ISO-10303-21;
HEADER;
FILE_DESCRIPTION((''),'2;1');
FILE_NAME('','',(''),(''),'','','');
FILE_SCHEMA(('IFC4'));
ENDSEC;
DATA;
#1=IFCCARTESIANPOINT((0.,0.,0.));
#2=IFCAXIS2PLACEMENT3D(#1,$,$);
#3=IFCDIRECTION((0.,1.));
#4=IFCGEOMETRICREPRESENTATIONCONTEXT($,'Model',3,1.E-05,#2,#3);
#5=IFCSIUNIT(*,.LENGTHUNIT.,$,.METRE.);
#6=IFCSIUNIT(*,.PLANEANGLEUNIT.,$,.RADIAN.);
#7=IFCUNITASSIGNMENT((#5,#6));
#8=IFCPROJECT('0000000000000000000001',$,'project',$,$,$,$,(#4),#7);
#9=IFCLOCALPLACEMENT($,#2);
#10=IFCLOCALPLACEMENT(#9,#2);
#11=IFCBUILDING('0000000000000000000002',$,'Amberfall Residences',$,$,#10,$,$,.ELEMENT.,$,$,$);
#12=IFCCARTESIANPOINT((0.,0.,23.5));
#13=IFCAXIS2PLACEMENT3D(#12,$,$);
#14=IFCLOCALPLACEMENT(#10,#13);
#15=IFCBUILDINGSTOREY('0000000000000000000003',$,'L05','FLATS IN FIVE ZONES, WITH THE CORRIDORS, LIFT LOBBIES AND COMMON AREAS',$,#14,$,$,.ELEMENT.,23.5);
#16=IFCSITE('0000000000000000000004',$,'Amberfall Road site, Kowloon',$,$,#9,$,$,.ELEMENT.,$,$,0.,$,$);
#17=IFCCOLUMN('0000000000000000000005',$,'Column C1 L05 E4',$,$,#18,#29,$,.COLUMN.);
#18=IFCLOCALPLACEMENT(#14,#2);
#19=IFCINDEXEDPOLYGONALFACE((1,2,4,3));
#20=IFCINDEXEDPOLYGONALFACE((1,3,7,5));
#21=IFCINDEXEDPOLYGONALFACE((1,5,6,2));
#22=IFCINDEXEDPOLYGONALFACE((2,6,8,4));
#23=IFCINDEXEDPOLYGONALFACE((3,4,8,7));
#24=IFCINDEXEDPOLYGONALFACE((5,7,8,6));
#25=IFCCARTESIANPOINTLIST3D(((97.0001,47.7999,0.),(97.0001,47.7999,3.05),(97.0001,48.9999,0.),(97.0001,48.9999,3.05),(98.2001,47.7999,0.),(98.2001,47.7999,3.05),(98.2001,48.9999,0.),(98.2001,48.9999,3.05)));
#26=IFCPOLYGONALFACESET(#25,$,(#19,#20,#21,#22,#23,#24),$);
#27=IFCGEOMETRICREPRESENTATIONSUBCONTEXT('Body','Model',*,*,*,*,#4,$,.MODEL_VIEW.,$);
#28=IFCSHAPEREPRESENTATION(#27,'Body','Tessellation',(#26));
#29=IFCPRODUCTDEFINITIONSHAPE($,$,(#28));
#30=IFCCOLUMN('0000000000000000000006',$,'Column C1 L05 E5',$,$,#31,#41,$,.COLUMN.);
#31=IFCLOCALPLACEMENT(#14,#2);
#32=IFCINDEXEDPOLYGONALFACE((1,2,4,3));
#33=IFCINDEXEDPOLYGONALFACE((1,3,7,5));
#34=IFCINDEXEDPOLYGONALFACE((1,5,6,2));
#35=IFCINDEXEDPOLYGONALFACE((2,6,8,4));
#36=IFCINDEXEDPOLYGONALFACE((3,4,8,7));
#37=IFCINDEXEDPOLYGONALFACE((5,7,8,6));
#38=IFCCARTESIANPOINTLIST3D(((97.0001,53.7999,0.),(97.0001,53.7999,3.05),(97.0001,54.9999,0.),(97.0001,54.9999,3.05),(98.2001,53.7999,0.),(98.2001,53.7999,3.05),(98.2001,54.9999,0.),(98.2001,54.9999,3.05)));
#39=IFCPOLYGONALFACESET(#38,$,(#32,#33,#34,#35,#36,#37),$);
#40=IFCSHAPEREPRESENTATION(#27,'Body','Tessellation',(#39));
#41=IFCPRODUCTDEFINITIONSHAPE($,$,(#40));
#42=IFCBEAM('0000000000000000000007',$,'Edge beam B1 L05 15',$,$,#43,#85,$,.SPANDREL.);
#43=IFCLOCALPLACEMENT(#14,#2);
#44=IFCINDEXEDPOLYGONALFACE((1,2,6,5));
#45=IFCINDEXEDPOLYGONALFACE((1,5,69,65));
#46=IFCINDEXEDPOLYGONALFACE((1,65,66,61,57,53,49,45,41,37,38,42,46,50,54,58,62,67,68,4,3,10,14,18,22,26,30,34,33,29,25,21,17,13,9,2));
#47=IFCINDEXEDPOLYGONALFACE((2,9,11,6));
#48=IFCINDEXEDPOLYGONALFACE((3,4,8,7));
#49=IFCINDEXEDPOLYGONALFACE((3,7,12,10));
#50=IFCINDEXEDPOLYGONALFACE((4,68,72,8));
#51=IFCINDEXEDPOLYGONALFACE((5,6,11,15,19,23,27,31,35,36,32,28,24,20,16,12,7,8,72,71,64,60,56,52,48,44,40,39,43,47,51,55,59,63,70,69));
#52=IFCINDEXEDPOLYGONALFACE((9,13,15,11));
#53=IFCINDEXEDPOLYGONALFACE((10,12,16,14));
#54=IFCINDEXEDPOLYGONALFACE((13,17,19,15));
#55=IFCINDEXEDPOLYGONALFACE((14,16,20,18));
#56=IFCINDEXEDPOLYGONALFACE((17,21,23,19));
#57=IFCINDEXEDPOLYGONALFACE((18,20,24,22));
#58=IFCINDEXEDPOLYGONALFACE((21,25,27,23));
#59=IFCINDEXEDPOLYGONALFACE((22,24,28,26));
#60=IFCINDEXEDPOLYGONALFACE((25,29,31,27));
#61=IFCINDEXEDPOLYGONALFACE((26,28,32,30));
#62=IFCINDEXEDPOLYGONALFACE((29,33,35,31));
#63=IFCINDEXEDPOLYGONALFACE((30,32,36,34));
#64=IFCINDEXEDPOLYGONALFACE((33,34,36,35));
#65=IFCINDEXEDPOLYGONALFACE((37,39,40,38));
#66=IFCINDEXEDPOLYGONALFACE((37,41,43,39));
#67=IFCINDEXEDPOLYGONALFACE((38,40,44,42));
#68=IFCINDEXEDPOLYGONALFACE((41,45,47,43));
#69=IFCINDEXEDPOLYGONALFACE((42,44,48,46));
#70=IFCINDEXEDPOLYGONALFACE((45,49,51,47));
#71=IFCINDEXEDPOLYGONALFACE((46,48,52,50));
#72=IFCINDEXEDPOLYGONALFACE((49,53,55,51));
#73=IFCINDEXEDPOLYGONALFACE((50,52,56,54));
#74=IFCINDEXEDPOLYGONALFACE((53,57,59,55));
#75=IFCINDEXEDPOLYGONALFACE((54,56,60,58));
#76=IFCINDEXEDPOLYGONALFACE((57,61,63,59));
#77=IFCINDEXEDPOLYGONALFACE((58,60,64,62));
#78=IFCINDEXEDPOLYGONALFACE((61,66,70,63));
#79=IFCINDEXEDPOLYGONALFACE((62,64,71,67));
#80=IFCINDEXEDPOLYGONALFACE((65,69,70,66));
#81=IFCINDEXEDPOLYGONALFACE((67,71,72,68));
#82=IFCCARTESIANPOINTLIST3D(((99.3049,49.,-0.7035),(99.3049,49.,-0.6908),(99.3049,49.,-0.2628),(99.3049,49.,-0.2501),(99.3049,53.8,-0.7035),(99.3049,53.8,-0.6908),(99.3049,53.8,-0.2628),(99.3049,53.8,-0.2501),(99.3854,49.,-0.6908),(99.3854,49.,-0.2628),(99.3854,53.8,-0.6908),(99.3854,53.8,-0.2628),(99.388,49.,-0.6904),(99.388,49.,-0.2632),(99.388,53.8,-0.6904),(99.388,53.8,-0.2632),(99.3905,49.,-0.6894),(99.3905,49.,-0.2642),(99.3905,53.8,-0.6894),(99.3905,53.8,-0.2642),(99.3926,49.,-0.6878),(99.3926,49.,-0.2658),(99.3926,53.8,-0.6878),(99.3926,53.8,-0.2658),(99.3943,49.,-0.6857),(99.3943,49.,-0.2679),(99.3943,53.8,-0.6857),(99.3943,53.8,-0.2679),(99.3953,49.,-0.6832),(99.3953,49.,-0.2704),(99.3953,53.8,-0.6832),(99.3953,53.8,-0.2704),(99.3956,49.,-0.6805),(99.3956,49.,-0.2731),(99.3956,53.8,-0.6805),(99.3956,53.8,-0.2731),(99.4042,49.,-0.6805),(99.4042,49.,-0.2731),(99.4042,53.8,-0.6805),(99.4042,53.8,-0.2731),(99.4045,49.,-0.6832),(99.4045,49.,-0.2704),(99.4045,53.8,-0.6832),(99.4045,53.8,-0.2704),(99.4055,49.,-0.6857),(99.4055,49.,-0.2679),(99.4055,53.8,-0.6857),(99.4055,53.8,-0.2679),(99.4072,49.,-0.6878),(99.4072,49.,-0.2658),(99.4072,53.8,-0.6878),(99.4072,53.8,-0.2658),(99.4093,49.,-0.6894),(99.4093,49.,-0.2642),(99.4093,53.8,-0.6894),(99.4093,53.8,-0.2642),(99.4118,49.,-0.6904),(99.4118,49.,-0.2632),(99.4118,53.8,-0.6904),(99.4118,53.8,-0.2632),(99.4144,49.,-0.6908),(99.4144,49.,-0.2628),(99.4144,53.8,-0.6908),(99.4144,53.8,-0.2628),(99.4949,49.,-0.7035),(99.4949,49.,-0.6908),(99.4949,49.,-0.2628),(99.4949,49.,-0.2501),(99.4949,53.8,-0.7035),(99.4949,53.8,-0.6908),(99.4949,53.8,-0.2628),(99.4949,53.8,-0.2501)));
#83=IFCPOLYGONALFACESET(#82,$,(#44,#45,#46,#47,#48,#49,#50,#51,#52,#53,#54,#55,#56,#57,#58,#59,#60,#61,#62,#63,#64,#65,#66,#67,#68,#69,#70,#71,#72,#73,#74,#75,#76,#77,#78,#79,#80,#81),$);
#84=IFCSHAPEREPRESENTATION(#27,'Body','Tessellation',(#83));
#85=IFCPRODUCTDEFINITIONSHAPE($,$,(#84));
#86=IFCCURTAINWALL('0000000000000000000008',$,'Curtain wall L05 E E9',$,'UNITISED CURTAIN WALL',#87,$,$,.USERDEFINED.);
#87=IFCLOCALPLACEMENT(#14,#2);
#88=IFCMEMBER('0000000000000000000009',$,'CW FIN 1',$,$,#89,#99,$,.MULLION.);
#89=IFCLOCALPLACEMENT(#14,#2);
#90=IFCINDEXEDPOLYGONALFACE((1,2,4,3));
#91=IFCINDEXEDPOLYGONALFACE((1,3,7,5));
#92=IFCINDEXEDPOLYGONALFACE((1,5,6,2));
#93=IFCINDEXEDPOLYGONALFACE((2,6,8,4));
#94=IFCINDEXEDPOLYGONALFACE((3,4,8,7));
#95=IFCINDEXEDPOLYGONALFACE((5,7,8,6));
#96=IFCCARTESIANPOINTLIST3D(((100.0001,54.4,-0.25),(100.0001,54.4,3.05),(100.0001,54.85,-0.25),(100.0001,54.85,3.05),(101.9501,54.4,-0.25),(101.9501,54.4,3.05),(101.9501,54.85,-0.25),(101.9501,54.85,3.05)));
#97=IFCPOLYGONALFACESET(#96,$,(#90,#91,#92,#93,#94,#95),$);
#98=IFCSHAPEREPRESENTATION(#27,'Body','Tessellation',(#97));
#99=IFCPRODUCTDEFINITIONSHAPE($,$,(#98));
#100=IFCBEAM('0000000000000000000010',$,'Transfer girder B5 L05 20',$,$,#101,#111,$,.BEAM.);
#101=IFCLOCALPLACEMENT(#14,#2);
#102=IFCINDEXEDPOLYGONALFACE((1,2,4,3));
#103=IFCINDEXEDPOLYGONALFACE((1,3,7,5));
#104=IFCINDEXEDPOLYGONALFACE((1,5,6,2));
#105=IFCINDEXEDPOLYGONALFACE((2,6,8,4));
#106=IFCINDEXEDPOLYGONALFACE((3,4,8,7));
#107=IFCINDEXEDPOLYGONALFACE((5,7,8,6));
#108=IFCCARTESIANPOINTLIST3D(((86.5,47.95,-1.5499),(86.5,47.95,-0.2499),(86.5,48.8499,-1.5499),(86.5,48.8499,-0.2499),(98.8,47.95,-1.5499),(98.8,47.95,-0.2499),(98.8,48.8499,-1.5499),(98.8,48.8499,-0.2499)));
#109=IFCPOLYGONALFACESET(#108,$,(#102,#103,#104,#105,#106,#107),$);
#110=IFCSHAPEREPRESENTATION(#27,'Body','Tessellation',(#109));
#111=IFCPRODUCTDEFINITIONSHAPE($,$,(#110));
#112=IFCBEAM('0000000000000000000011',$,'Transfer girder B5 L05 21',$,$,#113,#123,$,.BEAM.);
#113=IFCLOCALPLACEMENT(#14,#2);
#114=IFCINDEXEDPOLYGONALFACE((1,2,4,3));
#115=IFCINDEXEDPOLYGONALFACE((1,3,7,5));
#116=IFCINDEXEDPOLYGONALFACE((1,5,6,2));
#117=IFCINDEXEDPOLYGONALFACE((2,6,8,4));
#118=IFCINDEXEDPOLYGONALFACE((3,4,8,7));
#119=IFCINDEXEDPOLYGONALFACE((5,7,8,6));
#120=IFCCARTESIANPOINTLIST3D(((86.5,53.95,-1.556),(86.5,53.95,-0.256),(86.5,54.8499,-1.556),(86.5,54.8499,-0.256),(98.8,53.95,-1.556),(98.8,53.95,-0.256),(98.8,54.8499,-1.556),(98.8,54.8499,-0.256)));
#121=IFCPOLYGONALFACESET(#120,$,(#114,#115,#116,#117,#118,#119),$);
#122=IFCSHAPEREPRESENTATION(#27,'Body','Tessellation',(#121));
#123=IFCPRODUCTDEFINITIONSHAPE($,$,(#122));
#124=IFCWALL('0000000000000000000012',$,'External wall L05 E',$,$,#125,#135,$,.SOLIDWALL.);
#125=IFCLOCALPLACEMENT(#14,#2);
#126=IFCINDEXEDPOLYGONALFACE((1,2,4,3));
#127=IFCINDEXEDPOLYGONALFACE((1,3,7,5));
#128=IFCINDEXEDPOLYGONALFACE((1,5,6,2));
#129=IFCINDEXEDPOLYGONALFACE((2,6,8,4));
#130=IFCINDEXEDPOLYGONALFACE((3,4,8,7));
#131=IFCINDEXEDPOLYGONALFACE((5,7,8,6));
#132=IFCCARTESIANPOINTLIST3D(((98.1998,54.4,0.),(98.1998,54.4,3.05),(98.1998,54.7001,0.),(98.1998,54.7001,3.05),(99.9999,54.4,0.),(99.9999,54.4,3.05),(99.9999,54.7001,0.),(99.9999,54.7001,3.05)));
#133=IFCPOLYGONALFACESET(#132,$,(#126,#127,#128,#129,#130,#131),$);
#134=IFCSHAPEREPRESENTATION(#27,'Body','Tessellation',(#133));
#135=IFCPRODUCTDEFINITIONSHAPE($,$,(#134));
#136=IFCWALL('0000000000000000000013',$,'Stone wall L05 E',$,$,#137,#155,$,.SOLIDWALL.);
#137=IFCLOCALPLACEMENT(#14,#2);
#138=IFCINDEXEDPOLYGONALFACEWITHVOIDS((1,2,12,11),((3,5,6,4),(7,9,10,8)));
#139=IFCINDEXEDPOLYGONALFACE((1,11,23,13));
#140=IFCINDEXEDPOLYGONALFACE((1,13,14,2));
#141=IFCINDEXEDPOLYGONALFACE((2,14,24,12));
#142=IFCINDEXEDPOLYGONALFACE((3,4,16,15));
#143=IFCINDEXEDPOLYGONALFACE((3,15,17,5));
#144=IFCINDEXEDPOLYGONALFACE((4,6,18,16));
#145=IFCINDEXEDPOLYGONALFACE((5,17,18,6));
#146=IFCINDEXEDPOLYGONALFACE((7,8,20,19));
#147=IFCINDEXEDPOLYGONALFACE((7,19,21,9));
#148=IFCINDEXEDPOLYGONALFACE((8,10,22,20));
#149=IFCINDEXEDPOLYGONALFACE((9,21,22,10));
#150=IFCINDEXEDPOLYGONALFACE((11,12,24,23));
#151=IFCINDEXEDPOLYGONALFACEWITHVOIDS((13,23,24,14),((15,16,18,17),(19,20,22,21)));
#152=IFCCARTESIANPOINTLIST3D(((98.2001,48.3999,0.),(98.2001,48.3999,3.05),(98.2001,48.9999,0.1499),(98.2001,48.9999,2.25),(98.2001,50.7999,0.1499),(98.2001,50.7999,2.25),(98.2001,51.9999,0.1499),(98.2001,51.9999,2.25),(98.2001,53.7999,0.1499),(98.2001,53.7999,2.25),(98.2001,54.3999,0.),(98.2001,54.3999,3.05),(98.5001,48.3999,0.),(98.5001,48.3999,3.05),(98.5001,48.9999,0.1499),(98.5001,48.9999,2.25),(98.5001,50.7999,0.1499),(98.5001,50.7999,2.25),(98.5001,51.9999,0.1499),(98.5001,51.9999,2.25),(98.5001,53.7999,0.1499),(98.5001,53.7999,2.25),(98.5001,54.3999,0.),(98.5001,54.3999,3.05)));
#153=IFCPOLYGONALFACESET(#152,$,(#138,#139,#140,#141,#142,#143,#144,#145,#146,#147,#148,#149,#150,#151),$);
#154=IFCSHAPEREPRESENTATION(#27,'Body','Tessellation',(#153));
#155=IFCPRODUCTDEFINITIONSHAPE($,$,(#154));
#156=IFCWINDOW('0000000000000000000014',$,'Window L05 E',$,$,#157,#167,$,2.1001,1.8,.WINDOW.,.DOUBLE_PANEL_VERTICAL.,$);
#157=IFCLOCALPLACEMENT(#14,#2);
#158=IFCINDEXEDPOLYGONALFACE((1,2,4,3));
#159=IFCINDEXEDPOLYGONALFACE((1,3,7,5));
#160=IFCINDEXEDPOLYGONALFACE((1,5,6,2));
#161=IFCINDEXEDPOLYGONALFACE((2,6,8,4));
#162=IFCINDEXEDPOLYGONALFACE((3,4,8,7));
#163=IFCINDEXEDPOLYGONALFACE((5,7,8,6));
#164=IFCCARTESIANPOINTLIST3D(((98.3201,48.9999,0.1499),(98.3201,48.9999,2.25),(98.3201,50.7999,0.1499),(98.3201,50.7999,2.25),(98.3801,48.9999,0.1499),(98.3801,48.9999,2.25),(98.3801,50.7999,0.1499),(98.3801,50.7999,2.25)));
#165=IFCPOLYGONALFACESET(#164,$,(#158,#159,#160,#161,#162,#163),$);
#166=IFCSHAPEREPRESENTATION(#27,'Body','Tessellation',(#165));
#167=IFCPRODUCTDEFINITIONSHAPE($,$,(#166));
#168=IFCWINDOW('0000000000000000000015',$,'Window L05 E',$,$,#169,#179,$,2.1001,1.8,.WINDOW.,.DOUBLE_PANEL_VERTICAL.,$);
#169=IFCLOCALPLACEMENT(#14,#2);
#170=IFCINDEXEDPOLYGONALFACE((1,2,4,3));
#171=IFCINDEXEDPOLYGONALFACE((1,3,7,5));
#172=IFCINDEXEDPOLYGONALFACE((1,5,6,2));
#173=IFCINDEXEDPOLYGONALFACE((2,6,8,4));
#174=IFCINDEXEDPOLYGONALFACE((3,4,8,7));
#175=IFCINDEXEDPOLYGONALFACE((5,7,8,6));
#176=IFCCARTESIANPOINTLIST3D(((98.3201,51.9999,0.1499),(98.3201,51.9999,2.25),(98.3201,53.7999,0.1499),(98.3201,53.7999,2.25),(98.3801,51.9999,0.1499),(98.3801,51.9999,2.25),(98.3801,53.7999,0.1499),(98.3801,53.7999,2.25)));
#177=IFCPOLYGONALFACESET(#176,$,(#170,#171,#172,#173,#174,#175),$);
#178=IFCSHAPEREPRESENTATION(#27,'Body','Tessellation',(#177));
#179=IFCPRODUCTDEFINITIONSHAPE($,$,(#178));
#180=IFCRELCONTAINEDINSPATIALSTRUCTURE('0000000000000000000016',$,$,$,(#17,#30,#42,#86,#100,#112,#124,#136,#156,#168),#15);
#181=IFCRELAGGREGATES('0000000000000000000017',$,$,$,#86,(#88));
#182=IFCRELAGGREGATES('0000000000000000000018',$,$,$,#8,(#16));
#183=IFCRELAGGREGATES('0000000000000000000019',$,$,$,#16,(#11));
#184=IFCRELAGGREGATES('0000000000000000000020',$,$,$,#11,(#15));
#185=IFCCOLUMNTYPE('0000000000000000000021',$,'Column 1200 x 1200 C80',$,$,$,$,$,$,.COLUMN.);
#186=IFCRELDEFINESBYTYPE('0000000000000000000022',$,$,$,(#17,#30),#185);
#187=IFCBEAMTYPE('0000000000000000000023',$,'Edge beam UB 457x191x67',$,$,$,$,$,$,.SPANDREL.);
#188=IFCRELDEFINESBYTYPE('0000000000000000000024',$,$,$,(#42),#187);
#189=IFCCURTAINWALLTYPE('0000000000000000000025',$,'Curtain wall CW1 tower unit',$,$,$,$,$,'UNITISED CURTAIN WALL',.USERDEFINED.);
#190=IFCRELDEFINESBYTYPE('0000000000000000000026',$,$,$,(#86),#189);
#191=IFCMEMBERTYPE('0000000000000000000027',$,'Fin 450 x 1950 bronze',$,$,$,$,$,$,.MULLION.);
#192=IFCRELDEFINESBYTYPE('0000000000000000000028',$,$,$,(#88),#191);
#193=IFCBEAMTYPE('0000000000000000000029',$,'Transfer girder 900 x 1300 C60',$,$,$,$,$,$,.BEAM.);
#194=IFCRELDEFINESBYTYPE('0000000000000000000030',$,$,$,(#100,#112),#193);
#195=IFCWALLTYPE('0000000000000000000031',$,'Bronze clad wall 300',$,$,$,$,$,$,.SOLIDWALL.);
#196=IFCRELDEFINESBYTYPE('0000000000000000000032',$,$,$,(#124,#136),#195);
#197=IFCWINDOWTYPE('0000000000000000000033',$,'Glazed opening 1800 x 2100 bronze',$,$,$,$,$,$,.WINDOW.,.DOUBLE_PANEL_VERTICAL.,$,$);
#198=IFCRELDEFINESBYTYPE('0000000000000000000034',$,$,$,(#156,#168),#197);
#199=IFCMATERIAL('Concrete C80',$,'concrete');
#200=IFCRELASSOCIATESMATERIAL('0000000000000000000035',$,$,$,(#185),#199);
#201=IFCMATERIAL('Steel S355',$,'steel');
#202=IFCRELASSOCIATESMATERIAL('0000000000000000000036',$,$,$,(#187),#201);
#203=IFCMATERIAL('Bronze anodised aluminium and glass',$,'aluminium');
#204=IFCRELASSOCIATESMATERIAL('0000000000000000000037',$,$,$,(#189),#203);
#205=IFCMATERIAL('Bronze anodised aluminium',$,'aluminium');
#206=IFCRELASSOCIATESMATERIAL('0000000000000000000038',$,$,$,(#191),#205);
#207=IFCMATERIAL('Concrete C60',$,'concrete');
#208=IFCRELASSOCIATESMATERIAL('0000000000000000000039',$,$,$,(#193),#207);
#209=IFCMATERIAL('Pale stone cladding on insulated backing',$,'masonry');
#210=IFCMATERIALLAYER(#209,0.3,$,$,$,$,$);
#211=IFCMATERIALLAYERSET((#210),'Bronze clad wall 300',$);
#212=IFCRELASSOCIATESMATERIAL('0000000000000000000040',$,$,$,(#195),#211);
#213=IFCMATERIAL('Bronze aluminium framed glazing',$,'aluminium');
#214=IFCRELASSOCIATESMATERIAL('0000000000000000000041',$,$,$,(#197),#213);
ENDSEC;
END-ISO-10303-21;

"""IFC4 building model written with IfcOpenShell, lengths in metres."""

from ifc_helpers import new_model, si_unit, direction, frame, frame_2d, origin, origin_2d, place, context, subcontext, project, spatial, rectangle, i_section, extrude, material, layer, layer_set, material_profile, profile_set, type_object, element, fill, aggregate, save


model = new_model("IFC4")

# Units and contexts
model_context = context("Model", 3, precision=1e-05, world=origin(), true_north=direction((0.0, 1.0)))
body_context = subcontext(model_context, "Body", "Model", "MODEL_VIEW")
ifc_project = project(units=[si_unit("LENGTHUNIT", "METRE"), si_unit("PLANEANGLEUNIT", "RADIAN")], contexts=[model_context])

# Site, building, storey
site_placement = place(None, origin())
site = spatial("IfcSite", under=ifc_project, at=site_placement, Name="Amberfall Road site, Kowloon", CompositionType="ELEMENT", RefElevation=0.0)
building_placement = place(site_placement, origin())
building = spatial("IfcBuilding", under=site, at=building_placement, Name="Amberfall Residences", CompositionType="ELEMENT")
storey_placement = place(building_placement, frame((0.0, 0.0, 23.5)))
storey = spatial("IfcBuildingStorey", under=building, at=storey_placement, Name="L05", Description="FLATS IN FIVE ZONES, WITH THE CORRIDORS, LIFT LOBBIES AND COMMON AREAS", CompositionType="ELEMENT", Elevation=23.5)

# Columns
ifc_material_1 = material(Name="Concrete C80", Category="concrete")
ifc_material_profile_1 = material_profile(ifc_material_1, rectangle(XDim=1.2, YDim=1.2, at=origin_2d()), Name="Column 1200 x 1200 C80")
ifc_profile_set_1 = profile_set([ifc_material_profile_1], Name="Concrete C80")
column_type = type_object("IfcColumnType", Name="Column 1200 x 1200 C80", PredefinedType="COLUMN", material=ifc_profile_set_1)
for number, where, z_axis, x_axis, name in (
    (1, (97.6001, 48.3999, 0.0), (0.0, 0.0, 1.0), (1.0, 0.0, 0.0), "Column C1 L05 E4"),
    (2, (97.6001, 54.3999, 0.0), (0.0, 0.0, 1.0), (1.0, 0.0, 0.0), "Column C1 L05 E5"),
):
    element("IfcColumn", number, at=place(storey_placement, frame(where, z_axis=z_axis, x_axis=x_axis)), inside=storey, type_object=column_type, Name=name, PredefinedType="COLUMN", context=body_context, shape_type="SweptSolid", body=[
        extrude(rectangle(XDim=1.2, YDim=1.2, at=origin_2d()), origin(), (0.0, 0.0, 1.0), 3.05),
    ])

# Beam
ifc_material_2 = material(Name="Steel S355", Category="steel")
ifc_material_profile_2 = material_profile(ifc_material_2, i_section(OverallWidth=0.1899, OverallDepth=0.4534, WebThickness=0.0085, FlangeThickness=0.0127, FilletRadius=0.0103, at=origin_2d()), Name="UB 457x191x67")
ifc_profile_set_2 = profile_set([ifc_material_profile_2], Name="Steel S355")
beam_type_1 = type_object("IfcBeamType", Name="Edge beam UB 457x191x67", PredefinedType="SPANDREL", material=ifc_profile_set_2)
beam_placement = place(storey_placement, frame((99.3999, 49.0, -0.4768), z_axis=(0.0, 1.0, 0.0), x_axis=(-1.0, 0.0, 0.0)))
element("IfcBeam", 3, at=beam_placement, inside=storey, type_object=beam_type_1, Name="Edge beam B1 L05 15", PredefinedType="SPANDREL", context=body_context, shape_type="SweptSolid", body=[
    extrude(i_section(OverallWidth=0.1899, OverallDepth=0.4534, WebThickness=0.0085, FlangeThickness=0.0127, FilletRadius=0.0103, at=origin_2d()), origin(), (0.0, 0.0, 1.0), 4.8),
])

# Curtain wall, member
ifc_material_3 = material(Name="Bronze anodised aluminium and glass", Category="aluminium")
curtain_wall_type = type_object("IfcCurtainWallType", Name="Curtain wall CW1 tower unit", ElementType="UNITISED CURTAIN WALL", PredefinedType="USERDEFINED", material=ifc_material_3)
curtain_wall_placement = place(storey_placement, origin())
curtain_wall = element("IfcCurtainWall", 4, at=curtain_wall_placement, inside=storey, type_object=curtain_wall_type, Name="Curtain wall L05 E E9", ObjectType="UNITISED CURTAIN WALL", PredefinedType="USERDEFINED")
ifc_material_4 = material(Name="Bronze anodised aluminium", Category="aluminium")
ifc_material_profile_3 = material_profile(ifc_material_4, rectangle(XDim=1.95, YDim=0.45, at=origin_2d()), Name="Fin 450 x 1950 bronze")
ifc_profile_set_3 = profile_set([ifc_material_profile_3], Name="Bronze anodised aluminium")
member_type = type_object("IfcMemberType", Name="Fin 450 x 1950 bronze", PredefinedType="MULLION", material=ifc_profile_set_3)
member_placement = place(storey_placement, frame((100.9751, 54.625, -0.25), z_axis=(0.0, 0.0, 1.0), x_axis=(-1.0, 0.0, 0.0)))
member = element("IfcMember", 5, at=member_placement, type_object=member_type, Name="CW FIN 1", PredefinedType="MULLION", context=body_context, shape_type="SweptSolid", body=[
    extrude(rectangle(XDim=1.95, YDim=0.45, at=origin_2d()), origin(), (0.0, 0.0, 1.0), 3.3),
])
aggregate(curtain_wall, [member])

# Beams
ifc_material_5 = material(Name="Concrete C60", Category="concrete")
ifc_material_profile_4 = material_profile(ifc_material_5, rectangle(XDim=0.8999, YDim=1.3, at=origin_2d()), Name="Transfer girder 900 x 1300 C60")
ifc_profile_set_4 = profile_set([ifc_material_profile_4], Name="Concrete C60")
beam_type_2 = type_object("IfcBeamType", Name="Transfer girder 900 x 1300 C60", PredefinedType="BEAM", material=ifc_profile_set_4)
for number, where, z_axis, x_axis, name in (
    (6, (98.8, 48.3999, -0.8999), (-1.0, 0.0, 0.0), (0.0, -1.0, 0.0), "Transfer girder B5 L05 20"),
    (7, (98.8, 54.3999, -0.906), (-1.0, 0.0, 0.0), (0.0, -1.0, 0.0), "Transfer girder B5 L05 21"),
):
    element("IfcBeam", number, at=place(storey_placement, frame(where, z_axis=z_axis, x_axis=x_axis)), inside=storey, type_object=beam_type_2, Name=name, PredefinedType="BEAM", context=body_context, shape_type="SweptSolid", body=[
        extrude(rectangle(XDim=0.8999, YDim=1.3, at=origin_2d()), origin(), (0.0, 0.0, 1.0), 12.3),
    ])

# Wall
ifc_material_6 = material(Name="Pale stone cladding on insulated backing", Category="masonry")
ifc_layer_1 = layer(ifc_material_6, 0.3)
ifc_layer_set_1 = layer_set([ifc_layer_1], Name="Bronze clad wall 300")
wall_type_1 = type_object("IfcWallType", Name="Bronze clad wall 300", PredefinedType="SOLIDWALL", material=ifc_layer_set_1)
wall_1_placement = place(storey_placement, frame((98.2, 54.55, 0.0), z_axis=(0.0, 0.0, 1.0), x_axis=(1.0, 0.0, 0.0)))
element("IfcWall", 8, at=wall_1_placement, inside=storey, type_object=wall_type_1, Name="External wall L05 E", PredefinedType="SOLIDWALL", context=body_context, shape_type="SweptSolid", body=[
    extrude(rectangle(XDim=1.8, YDim=0.3, at=frame_2d((0.8999, 0.0))), origin(), (0.0, 0.0, 1.0), 3.05),
])

# Wall, openings, windows
wall_2_placement = place(storey_placement, frame((98.3501, 48.3999, 0.0), z_axis=(0.0, 0.0, 1.0), x_axis=(0.0, 1.0, 0.0)))
wall_2 = element("IfcWall", 9, at=wall_2_placement, inside=storey, type_object=wall_type_1, Name="Stone wall L05 E", PredefinedType="SOLIDWALL", context=body_context, shape_type="SweptSolid", body=[
    extrude(rectangle(XDim=6.0, YDim=0.3, at=frame_2d((3.0, 0.0))), origin(), (0.0, 0.0, 1.0), 3.05),
])
opening_1_placement = place(wall_2_placement, frame((0.6001, 0.0, 0.1499)))
opening_1 = element("IfcOpeningElement", 10, at=opening_1_placement, cuts=wall_2, PredefinedType="OPENING", context=body_context, shape_type="SweptSolid", body=[
    extrude(rectangle(XDim=1.8, YDim=2.1001, at=frame_2d((0.8999, 1.05))), frame((0.0, 0.1599, 0.0), z_axis=(0.0, -1.0, 0.0), x_axis=(1.0, 0.0, 0.0)), (0.0, 0.0, 1.0), 0.3201),
])
opening_2_placement = place(wall_2_placement, frame((3.6001, 0.0, 0.1499)))
opening_2 = element("IfcOpeningElement", 11, at=opening_2_placement, cuts=wall_2, PredefinedType="OPENING", context=body_context, shape_type="SweptSolid", body=[
    extrude(rectangle(XDim=1.8, YDim=2.1001, at=frame_2d((0.8999, 1.05))), frame((0.0, 0.1599, 0.0), z_axis=(0.0, -1.0, 0.0), x_axis=(1.0, 0.0, 0.0)), (0.0, 0.0, 1.0), 0.3201),
])
ifc_material_7 = material(Name="Bronze aluminium framed glazing", Category="aluminium")
window_type = type_object("IfcWindowType", Name="Glazed opening 1800 x 2100 bronze", PartitioningType="DOUBLE_PANEL_VERTICAL", PredefinedType="WINDOW", material=ifc_material_7)
window_1_placement = place(opening_1_placement, origin())
window_1 = element("IfcWindow", 12, at=window_1_placement, inside=storey, type_object=window_type, Name="Window L05 E", OverallHeight=2.1001, OverallWidth=1.8, PartitioningType="DOUBLE_PANEL_VERTICAL", PredefinedType="WINDOW", context=body_context, shape_type="SweptSolid", body=[
    extrude(rectangle(XDim=1.8, YDim=2.1001, at=frame_2d((0.8999, 1.05))), frame((0.0, 0.03, 0.0), z_axis=(0.0, -1.0, 0.0), x_axis=(1.0, 0.0, 0.0)), (0.0, 0.0, 1.0), 0.0601),
])
fill(opening_1, window_1)
window_2_placement = place(opening_2_placement, origin())
window_2 = element("IfcWindow", 13, at=window_2_placement, inside=storey, type_object=window_type, Name="Window L05 E", OverallHeight=2.1001, OverallWidth=1.8, PartitioningType="DOUBLE_PANEL_VERTICAL", PredefinedType="WINDOW", context=body_context, shape_type="SweptSolid", body=[
    extrude(rectangle(XDim=1.8, YDim=2.1001, at=frame_2d((0.8999, 1.05))), frame((0.0, 0.03, 0.0), z_axis=(0.0, -1.0, 0.0), x_axis=(1.0, 0.0, 0.0)), (0.0, 0.0, 1.0), 0.0601),
])
fill(opening_2, window_2)

save(model, "model.ifc")
